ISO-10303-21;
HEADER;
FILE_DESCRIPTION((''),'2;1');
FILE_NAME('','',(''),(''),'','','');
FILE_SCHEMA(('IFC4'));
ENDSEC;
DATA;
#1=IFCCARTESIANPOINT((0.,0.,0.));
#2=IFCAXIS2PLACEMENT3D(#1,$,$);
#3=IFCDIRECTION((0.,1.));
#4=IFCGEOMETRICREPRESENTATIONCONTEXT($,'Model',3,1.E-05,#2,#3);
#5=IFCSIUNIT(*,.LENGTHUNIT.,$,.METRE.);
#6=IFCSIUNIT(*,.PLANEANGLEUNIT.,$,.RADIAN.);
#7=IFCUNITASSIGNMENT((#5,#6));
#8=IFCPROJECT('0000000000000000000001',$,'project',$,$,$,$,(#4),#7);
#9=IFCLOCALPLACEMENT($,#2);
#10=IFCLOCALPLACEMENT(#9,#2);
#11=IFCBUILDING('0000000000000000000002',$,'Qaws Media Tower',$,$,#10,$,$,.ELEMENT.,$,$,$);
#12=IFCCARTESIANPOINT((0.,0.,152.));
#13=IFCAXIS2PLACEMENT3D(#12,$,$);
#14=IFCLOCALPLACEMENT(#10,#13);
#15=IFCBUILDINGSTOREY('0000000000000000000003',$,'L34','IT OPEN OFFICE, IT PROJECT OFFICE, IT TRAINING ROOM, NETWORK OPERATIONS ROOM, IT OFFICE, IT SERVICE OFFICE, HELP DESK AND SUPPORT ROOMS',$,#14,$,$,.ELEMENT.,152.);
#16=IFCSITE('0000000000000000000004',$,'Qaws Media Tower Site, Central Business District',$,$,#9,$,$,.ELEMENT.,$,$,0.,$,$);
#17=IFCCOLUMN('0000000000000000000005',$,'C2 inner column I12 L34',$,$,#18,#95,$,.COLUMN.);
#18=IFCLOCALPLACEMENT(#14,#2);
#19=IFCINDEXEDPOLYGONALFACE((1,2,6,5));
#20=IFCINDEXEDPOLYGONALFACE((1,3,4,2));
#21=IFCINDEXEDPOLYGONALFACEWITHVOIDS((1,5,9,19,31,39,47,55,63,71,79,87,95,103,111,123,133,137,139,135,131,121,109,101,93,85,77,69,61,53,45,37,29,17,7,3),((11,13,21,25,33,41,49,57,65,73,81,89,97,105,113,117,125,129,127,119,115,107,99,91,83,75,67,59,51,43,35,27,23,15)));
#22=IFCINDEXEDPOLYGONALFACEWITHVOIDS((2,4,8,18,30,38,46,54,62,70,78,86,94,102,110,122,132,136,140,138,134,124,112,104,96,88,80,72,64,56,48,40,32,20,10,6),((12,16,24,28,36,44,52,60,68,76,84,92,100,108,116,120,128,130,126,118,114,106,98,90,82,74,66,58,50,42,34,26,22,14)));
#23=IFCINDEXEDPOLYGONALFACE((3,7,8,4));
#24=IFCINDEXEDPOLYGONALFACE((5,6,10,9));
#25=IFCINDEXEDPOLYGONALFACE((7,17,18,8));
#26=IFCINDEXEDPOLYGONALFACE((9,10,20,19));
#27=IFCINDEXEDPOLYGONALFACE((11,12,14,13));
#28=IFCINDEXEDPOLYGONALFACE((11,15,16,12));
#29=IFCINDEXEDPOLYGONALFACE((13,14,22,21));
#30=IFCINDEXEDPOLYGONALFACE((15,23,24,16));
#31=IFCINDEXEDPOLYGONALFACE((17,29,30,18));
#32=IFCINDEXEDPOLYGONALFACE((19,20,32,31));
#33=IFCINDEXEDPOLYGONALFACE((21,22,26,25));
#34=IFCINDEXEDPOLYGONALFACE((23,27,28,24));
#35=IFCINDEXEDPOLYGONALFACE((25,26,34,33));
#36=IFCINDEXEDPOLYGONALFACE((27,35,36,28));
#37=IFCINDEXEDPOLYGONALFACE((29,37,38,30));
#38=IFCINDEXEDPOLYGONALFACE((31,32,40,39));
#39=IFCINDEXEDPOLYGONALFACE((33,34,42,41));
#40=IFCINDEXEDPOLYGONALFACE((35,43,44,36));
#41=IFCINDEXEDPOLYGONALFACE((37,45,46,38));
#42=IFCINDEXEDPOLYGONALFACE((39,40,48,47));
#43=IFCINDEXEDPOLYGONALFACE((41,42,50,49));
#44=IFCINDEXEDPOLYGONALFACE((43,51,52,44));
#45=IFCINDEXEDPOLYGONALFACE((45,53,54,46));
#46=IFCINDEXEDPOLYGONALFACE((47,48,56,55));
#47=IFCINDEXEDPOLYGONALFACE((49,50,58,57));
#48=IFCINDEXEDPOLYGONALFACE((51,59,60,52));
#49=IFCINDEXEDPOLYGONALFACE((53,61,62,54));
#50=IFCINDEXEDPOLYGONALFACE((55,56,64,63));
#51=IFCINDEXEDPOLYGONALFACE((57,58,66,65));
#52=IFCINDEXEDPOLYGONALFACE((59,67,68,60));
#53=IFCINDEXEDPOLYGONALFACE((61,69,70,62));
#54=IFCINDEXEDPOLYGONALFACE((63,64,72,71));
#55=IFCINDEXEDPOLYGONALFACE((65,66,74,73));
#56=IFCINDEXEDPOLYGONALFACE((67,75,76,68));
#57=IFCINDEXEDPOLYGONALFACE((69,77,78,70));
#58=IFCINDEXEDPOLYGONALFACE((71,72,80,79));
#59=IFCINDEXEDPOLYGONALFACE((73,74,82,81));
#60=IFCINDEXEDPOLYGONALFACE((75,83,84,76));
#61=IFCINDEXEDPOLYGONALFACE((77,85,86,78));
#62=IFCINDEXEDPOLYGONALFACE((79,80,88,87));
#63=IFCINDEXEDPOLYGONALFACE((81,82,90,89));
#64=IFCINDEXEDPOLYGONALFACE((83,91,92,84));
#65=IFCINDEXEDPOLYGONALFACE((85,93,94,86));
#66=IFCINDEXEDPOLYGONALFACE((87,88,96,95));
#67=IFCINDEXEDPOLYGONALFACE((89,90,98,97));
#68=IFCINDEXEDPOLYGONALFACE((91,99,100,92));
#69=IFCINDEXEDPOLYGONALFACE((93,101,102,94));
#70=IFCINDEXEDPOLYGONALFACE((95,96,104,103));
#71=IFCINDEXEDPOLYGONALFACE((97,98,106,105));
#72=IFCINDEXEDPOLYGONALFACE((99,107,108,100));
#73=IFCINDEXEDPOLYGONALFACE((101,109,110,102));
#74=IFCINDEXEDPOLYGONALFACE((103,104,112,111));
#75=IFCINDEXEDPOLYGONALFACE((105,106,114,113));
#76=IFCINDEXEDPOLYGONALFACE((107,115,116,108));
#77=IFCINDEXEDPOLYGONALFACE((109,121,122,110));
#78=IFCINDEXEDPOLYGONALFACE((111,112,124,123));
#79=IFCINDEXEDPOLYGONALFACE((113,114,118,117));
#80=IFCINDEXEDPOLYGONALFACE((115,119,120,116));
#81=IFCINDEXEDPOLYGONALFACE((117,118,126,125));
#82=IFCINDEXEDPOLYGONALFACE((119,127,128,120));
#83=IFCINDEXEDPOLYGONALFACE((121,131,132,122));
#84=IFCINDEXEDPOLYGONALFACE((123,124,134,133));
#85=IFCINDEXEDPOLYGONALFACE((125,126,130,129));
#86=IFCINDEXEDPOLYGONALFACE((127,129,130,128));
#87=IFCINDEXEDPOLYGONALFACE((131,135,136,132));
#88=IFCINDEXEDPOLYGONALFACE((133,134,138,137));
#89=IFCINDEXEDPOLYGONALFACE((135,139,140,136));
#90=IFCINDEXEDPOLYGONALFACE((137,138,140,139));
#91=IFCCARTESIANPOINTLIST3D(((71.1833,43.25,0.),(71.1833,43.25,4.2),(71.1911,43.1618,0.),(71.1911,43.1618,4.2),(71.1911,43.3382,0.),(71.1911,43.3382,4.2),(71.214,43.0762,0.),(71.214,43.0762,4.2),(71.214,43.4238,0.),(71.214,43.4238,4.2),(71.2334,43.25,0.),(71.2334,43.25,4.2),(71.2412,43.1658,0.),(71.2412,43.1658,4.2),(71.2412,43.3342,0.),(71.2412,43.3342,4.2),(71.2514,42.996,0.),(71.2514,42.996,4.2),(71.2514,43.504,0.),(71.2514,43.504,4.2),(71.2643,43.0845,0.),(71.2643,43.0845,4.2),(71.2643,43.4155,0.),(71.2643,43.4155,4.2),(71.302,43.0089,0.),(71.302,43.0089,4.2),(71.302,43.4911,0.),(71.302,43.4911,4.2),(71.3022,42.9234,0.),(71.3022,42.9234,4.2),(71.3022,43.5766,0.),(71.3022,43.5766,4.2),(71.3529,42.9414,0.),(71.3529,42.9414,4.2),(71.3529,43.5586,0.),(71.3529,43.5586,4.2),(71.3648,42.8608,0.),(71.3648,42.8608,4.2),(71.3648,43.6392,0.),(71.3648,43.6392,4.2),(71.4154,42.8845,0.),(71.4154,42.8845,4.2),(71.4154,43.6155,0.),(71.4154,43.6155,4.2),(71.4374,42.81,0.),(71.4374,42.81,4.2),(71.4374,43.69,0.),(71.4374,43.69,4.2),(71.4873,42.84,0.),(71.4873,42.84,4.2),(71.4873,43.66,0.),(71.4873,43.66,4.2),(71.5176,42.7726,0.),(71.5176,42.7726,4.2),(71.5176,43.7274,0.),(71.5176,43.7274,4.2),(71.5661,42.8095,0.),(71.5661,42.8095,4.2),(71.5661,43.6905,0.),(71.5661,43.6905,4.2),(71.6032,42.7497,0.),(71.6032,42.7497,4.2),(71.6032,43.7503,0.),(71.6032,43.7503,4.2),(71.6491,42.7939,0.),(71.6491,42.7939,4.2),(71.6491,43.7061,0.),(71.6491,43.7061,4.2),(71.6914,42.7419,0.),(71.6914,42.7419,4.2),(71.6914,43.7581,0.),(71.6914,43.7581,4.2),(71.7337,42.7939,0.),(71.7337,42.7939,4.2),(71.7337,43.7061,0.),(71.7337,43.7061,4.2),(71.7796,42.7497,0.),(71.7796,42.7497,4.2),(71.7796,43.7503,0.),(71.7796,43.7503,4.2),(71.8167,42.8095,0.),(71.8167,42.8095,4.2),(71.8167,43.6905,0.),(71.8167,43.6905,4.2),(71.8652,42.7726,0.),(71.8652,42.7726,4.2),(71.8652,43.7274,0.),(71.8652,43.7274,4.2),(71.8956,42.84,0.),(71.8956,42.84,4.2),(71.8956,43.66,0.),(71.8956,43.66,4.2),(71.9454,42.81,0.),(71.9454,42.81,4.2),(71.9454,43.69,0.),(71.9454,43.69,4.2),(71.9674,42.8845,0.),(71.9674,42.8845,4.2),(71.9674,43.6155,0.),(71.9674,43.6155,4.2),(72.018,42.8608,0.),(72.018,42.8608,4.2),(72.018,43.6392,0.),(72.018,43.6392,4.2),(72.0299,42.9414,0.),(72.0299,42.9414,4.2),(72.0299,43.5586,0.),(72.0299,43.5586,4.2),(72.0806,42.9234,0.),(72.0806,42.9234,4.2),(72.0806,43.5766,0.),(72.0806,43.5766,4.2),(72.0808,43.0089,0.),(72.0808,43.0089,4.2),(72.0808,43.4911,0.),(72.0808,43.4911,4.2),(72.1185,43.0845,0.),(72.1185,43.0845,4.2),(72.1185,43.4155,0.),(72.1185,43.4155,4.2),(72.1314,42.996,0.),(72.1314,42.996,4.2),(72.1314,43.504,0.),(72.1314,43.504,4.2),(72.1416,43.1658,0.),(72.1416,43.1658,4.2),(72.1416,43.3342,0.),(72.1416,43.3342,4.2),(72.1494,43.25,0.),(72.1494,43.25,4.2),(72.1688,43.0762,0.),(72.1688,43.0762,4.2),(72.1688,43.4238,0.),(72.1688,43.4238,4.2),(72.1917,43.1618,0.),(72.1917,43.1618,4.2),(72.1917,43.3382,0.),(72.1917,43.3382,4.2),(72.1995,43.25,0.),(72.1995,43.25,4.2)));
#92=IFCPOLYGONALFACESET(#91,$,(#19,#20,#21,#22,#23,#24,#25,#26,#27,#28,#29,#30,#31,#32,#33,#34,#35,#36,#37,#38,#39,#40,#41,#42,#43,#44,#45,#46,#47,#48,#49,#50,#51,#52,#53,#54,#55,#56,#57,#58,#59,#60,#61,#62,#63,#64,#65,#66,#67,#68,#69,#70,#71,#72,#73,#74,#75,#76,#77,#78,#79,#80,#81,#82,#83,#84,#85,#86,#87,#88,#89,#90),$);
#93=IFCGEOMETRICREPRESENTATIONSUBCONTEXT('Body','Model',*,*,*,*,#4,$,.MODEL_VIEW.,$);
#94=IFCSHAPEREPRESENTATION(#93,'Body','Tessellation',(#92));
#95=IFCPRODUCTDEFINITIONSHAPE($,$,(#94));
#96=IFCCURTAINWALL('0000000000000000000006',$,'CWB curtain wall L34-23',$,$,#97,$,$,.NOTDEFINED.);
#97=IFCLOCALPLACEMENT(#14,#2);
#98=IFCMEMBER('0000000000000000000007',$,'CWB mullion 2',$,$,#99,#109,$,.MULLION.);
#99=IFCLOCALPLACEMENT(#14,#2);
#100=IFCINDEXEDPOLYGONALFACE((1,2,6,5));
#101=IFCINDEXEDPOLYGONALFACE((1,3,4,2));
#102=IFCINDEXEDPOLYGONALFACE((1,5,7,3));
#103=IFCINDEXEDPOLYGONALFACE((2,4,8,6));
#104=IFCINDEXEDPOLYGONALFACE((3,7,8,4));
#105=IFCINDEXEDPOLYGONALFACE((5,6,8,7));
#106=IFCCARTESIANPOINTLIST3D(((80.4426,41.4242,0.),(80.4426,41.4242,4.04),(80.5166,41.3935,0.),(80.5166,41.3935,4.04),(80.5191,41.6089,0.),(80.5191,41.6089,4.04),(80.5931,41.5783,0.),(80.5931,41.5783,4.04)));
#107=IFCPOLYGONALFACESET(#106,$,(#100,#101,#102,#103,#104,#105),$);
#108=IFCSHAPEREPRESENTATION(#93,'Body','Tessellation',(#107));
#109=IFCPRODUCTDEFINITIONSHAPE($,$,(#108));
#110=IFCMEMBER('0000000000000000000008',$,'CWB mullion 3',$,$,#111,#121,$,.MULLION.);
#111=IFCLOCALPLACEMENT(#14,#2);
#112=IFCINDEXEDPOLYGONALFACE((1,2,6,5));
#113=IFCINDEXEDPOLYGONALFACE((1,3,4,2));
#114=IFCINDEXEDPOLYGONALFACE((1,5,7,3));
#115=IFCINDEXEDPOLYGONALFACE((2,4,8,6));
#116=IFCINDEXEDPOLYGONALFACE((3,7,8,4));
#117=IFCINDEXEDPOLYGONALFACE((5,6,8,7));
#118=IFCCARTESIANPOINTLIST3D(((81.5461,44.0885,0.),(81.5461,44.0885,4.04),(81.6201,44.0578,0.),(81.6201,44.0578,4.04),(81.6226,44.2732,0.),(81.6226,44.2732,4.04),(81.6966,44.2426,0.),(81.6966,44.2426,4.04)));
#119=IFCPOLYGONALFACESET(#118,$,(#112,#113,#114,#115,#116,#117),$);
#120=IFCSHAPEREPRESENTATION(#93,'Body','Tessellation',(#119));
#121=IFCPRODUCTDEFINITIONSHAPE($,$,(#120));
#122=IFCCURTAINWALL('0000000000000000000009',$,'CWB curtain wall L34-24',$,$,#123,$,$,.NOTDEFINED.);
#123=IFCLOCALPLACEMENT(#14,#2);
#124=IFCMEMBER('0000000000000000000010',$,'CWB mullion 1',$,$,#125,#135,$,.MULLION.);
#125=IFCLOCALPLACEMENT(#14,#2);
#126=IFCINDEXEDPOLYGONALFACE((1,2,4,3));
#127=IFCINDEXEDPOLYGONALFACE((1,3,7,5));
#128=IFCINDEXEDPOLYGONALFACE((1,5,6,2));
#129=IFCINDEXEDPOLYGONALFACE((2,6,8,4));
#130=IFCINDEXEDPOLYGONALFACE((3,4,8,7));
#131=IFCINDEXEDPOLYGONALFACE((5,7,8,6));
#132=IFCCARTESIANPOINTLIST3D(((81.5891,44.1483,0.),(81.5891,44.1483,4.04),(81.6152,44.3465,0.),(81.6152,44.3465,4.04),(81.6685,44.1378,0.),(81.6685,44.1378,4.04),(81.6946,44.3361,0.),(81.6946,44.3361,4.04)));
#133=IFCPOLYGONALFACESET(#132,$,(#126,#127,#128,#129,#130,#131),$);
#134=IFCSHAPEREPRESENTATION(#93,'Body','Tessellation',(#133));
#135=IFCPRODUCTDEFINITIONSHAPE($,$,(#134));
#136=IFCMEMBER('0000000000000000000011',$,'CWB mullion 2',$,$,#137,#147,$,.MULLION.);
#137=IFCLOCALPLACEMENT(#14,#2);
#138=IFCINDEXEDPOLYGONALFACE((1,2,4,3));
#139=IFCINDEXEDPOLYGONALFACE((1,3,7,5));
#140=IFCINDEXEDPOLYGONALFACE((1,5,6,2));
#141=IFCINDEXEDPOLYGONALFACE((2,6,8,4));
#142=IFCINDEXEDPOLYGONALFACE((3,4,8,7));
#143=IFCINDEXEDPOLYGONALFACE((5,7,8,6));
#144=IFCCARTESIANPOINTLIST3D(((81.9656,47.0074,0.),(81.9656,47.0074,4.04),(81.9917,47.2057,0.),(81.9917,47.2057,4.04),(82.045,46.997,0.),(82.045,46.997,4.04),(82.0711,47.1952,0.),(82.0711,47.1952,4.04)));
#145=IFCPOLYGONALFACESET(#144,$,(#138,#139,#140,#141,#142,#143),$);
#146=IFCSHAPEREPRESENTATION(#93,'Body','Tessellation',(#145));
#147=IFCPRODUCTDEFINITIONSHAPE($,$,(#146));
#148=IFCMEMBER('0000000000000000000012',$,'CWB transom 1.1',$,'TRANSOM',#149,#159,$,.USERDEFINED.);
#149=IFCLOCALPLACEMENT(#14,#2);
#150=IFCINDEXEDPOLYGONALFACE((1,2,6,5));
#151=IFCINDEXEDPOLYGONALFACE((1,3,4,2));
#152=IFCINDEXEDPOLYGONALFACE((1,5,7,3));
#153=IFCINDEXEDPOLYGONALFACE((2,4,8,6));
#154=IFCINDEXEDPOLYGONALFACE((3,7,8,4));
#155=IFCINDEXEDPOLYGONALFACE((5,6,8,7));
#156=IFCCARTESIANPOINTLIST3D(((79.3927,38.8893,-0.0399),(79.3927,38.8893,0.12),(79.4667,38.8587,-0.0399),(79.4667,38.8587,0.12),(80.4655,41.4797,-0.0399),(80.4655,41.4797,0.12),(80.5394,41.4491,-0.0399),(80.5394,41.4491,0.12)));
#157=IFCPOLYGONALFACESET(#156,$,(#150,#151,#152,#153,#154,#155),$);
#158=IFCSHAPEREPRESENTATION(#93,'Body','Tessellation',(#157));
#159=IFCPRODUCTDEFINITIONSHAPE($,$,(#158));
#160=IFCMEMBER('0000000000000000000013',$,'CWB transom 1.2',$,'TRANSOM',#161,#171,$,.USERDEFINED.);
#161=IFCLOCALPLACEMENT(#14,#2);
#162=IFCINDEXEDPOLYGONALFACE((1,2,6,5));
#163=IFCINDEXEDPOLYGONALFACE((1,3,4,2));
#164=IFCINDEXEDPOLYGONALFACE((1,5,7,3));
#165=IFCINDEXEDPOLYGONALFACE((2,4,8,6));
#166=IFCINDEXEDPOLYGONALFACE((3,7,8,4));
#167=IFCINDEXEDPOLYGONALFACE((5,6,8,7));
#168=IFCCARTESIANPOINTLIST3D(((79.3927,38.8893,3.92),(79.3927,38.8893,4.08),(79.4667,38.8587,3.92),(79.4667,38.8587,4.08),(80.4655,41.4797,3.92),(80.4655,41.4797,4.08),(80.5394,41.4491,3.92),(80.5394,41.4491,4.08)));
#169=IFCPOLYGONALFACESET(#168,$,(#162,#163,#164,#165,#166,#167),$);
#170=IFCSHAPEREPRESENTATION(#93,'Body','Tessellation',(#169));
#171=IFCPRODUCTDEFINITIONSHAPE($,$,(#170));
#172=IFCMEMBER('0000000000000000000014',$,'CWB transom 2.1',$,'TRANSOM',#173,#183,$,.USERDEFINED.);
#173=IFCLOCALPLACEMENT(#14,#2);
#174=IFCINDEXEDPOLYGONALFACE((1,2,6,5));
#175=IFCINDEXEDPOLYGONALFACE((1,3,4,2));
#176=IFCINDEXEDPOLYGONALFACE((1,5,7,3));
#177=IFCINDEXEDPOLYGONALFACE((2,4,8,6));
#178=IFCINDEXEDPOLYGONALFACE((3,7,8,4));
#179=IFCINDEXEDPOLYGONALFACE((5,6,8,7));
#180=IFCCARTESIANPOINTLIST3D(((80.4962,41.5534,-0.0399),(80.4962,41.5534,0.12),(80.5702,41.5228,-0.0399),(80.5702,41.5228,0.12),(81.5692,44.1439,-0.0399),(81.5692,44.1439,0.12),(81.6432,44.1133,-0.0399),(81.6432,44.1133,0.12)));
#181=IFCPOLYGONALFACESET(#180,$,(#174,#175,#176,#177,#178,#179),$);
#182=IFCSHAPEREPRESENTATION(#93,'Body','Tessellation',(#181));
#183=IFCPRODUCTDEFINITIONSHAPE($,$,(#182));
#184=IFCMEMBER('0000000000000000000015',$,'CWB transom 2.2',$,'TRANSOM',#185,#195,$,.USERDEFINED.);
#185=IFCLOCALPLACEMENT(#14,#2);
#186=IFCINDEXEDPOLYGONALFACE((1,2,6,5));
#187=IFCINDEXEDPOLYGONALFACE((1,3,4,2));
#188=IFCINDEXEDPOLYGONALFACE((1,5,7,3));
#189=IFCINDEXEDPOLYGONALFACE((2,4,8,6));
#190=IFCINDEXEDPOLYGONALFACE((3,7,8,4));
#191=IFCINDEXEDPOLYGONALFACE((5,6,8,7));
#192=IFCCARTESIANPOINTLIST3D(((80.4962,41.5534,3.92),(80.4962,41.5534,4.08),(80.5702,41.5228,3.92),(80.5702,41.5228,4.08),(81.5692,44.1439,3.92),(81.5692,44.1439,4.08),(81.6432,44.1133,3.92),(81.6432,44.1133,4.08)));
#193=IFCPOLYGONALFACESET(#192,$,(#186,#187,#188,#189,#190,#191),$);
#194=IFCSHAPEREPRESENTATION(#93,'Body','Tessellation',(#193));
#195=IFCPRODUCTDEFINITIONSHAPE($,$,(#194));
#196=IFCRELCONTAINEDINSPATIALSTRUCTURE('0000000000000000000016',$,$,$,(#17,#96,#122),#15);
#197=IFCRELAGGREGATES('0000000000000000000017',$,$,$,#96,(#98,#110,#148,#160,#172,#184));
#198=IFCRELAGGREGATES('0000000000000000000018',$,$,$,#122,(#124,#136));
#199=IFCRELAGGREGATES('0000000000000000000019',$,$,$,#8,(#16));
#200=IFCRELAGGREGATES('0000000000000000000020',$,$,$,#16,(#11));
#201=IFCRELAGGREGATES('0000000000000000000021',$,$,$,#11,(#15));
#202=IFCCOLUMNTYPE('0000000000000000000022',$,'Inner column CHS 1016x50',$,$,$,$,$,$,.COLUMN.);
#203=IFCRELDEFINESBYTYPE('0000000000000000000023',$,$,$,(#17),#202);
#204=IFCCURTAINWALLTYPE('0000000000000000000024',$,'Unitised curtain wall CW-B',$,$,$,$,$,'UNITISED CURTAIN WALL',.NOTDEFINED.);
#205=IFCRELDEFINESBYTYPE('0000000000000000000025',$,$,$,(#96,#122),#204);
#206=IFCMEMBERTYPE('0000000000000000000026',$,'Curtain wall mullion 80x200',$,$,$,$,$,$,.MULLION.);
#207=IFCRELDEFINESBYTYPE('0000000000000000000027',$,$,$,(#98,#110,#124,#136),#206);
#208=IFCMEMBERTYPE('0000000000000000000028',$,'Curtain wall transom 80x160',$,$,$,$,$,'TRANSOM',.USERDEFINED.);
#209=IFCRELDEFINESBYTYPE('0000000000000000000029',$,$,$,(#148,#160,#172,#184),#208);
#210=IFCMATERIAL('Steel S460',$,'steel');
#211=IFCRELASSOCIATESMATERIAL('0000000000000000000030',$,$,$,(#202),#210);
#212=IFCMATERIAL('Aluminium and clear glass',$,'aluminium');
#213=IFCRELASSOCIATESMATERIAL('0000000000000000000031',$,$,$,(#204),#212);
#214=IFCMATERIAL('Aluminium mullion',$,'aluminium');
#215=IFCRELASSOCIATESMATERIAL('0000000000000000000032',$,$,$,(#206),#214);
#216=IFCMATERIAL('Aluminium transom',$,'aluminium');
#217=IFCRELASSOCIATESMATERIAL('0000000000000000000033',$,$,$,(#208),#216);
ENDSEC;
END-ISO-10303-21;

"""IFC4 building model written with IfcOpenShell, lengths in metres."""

from ifc_helpers import new_model, si_unit, direction, frame, origin, origin_2d, place, context, subcontext, project, spatial, rectangle, hollow_circle, extrude, material, material_profile, profile_set, type_object, element, aggregate, save


model = new_model("IFC4")

# Units and contexts
model_context = context("Model", 3, precision=1e-05, world=origin(), true_north=direction((0.0, 1.0)))
body_context = subcontext(model_context, "Body", "Model", "MODEL_VIEW")
ifc_project = project(units=[si_unit("LENGTHUNIT", "METRE"), si_unit("PLANEANGLEUNIT", "RADIAN")], contexts=[model_context])

# Site, building, storey
site_placement = place(None, origin())
site = spatial("IfcSite", under=ifc_project, at=site_placement, Name="Qaws Media Tower Site, Central Business District", CompositionType="ELEMENT", RefElevation=0.0)
building_placement = place(site_placement, origin())
building = spatial("IfcBuilding", under=site, at=building_placement, Name="Qaws Media Tower", CompositionType="ELEMENT")
storey_placement = place(building_placement, frame((0.0, 0.0, 152.0)))
storey = spatial("IfcBuildingStorey", under=building, at=storey_placement, Name="L34", Description="IT OPEN OFFICE, IT PROJECT OFFICE, IT TRAINING ROOM, NETWORK OPERATIONS ROOM, IT OFFICE, IT SERVICE OFFICE, HELP DESK AND SUPPORT ROOMS", CompositionType="ELEMENT", Elevation=152.0)

# Column
ifc_material_1 = material(Name="Steel S460", Category="steel")
ifc_material_profile_1 = material_profile(ifc_material_1, hollow_circle(Radius=0.5081, WallThickness=0.05, at=origin_2d()), Name="CHS 1016x50")
ifc_profile_set_1 = profile_set([ifc_material_profile_1], Name="Steel S460")
column_type = type_object("IfcColumnType", Name="Inner column CHS 1016x50", PredefinedType="COLUMN", material=ifc_profile_set_1)
column_placement = place(storey_placement, frame((71.6914, 43.25, 0.0), z_axis=(0.0, 0.0, 1.0), x_axis=(1.0, 0.0, 0.0)))
element("IfcColumn", 1, at=column_placement, inside=storey, type_object=column_type, Name="C2 inner column I12 L34", PredefinedType="COLUMN", context=body_context, shape_type="SweptSolid", body=[
    extrude(hollow_circle(Radius=0.5081, WallThickness=0.05, at=origin_2d()), origin(), (0.0, 0.0, 1.0), 4.2),
])

# Curtain walls, members
ifc_material_2 = material(Name="Aluminium and clear glass", Category="aluminium")
curtain_wall_type = type_object("IfcCurtainWallType", Name="Unitised curtain wall CW-B", ElementType="UNITISED CURTAIN WALL", PredefinedType="NOTDEFINED", material=ifc_material_2)
curtain_wall_1_placement = place(storey_placement, origin())
curtain_wall_1 = element("IfcCurtainWall", 2, at=curtain_wall_1_placement, inside=storey, type_object=curtain_wall_type, Name="CWB curtain wall L34-23", PredefinedType="NOTDEFINED")
ifc_material_3 = material(Name="Aluminium mullion", Category="aluminium")
ifc_material_profile_2 = material_profile(ifc_material_3, rectangle(XDim=0.0801, YDim=0.2, at=origin_2d()), Name="80x200")
ifc_profile_set_2 = profile_set([ifc_material_profile_2], Name="Aluminium mullion")
member_type_1 = type_object("IfcMemberType", Name="Curtain wall mullion 80x200", PredefinedType="MULLION", material=ifc_profile_set_2)
member_1_placement = place(storey_placement, frame((80.5178, 41.5012, 0.0), z_axis=(0.0, 0.0, 1.0), x_axis=(-0.923879, 0.382684, 0.0)))
member_1 = element("IfcMember", 3, at=member_1_placement, type_object=member_type_1, Name="CWB mullion 2", PredefinedType="MULLION", context=body_context, shape_type="SweptSolid", body=[
    extrude(rectangle(XDim=0.0801, YDim=0.2, at=origin_2d()), origin(), (0.0, 0.0, 1.0), 4.04),
])
member_2_placement = place(storey_placement, frame((81.6213, 44.1655, 0.0), z_axis=(0.0, 0.0, 1.0), x_axis=(-0.923879, 0.382684, 0.0)))
member_2 = element("IfcMember", 4, at=member_2_placement, type_object=member_type_1, Name="CWB mullion 3", PredefinedType="MULLION", context=body_context, shape_type="SweptSolid", body=[
    extrude(rectangle(XDim=0.0801, YDim=0.2, at=origin_2d()), origin(), (0.0, 0.0, 1.0), 4.04),
])
curtain_wall_2_placement = place(storey_placement, origin())
curtain_wall_2 = element("IfcCurtainWall", 5, at=curtain_wall_2_placement, inside=storey, type_object=curtain_wall_type, Name="CWB curtain wall L34-24", PredefinedType="NOTDEFINED")
member_3_placement = place(storey_placement, frame((81.6418, 44.2422, 0.0), z_axis=(0.0, 0.0, 1.0), x_axis=(-0.991445, 0.130526, 0.0)))
member_3 = element("IfcMember", 6, at=member_3_placement, type_object=member_type_1, Name="CWB mullion 1", PredefinedType="MULLION", context=body_context, shape_type="SweptSolid", body=[
    extrude(rectangle(XDim=0.0801, YDim=0.2, at=origin_2d()), origin(), (0.0, 0.0, 1.0), 4.04),
])
member_4_placement = place(storey_placement, frame((82.0183, 47.1013, 0.0), z_axis=(0.0, 0.0, 1.0), x_axis=(-0.991445, 0.130526, 0.0)))
member_4 = element("IfcMember", 7, at=member_4_placement, type_object=member_type_1, Name="CWB mullion 2", PredefinedType="MULLION", context=body_context, shape_type="SweptSolid", body=[
    extrude(rectangle(XDim=0.0801, YDim=0.2, at=origin_2d()), origin(), (0.0, 0.0, 1.0), 4.04),
])

# Members
ifc_material_4 = material(Name="Aluminium transom", Category="aluminium")
ifc_material_profile_3 = material_profile(ifc_material_4, rectangle(XDim=0.0801, YDim=0.1599, at=origin_2d()), Name="80x160")
ifc_profile_set_3 = profile_set([ifc_material_profile_3], Name="Aluminium transom")
member_type_2 = type_object("IfcMemberType", Name="Curtain wall transom 80x160", ElementType="TRANSOM", PredefinedType="USERDEFINED", material=ifc_profile_set_3)
member_5_placement = place(storey_placement, frame((79.4297, 38.874, 0.04), z_axis=(0.382624, 0.923904, 0.0), x_axis=(-0.923904, 0.382624, 0.0)))
member_5 = element("IfcMember", 8, at=member_5_placement, type_object=member_type_2, Name="CWB transom 1.1", ObjectType="TRANSOM", PredefinedType="USERDEFINED", context=body_context, shape_type="SweptSolid", body=[
    extrude(rectangle(XDim=0.0801, YDim=0.1599, at=origin_2d()), origin(), (0.0, 0.0, 1.0), 2.8037),
])
member_6_placement = place(storey_placement, frame((79.4297, 38.874, 4.0), z_axis=(0.382624, 0.923904, 0.0), x_axis=(-0.923904, 0.382624, 0.0)))
member_6 = element("IfcMember", 9, at=member_6_placement, type_object=member_type_2, Name="CWB transom 1.2", ObjectType="TRANSOM", PredefinedType="USERDEFINED", context=body_context, shape_type="SweptSolid", body=[
    extrude(rectangle(XDim=0.0801, YDim=0.1599, at=origin_2d()), origin(), (0.0, 0.0, 1.0), 2.8037),
])
member_7_placement = place(storey_placement, frame((80.5332, 41.5381, 0.04), z_axis=(0.382667, 0.923886, 0.0), x_axis=(-0.923886, 0.382667, 0.0)))
member_7 = element("IfcMember", 10, at=member_7_placement, type_object=member_type_2, Name="CWB transom 2.1", ObjectType="TRANSOM", PredefinedType="USERDEFINED", context=body_context, shape_type="SweptSolid", body=[
    extrude(rectangle(XDim=0.0801, YDim=0.1599, at=origin_2d()), origin(), (0.0, 0.0, 1.0), 2.804),
])
member_8_placement = place(storey_placement, frame((80.5332, 41.5381, 4.0), z_axis=(0.382667, 0.923886, 0.0), x_axis=(-0.923886, 0.382667, 0.0)))
member_8 = element("IfcMember", 11, at=member_8_placement, type_object=member_type_2, Name="CWB transom 2.2", ObjectType="TRANSOM", PredefinedType="USERDEFINED", context=body_context, shape_type="SweptSolid", body=[
    extrude(rectangle(XDim=0.0801, YDim=0.1599, at=origin_2d()), origin(), (0.0, 0.0, 1.0), 2.804),
])

aggregate(curtain_wall_1, [member_1, member_2, member_5, member_6, member_7, member_8])
aggregate(curtain_wall_2, [member_3, member_4])

save(model, "model.ifc")
